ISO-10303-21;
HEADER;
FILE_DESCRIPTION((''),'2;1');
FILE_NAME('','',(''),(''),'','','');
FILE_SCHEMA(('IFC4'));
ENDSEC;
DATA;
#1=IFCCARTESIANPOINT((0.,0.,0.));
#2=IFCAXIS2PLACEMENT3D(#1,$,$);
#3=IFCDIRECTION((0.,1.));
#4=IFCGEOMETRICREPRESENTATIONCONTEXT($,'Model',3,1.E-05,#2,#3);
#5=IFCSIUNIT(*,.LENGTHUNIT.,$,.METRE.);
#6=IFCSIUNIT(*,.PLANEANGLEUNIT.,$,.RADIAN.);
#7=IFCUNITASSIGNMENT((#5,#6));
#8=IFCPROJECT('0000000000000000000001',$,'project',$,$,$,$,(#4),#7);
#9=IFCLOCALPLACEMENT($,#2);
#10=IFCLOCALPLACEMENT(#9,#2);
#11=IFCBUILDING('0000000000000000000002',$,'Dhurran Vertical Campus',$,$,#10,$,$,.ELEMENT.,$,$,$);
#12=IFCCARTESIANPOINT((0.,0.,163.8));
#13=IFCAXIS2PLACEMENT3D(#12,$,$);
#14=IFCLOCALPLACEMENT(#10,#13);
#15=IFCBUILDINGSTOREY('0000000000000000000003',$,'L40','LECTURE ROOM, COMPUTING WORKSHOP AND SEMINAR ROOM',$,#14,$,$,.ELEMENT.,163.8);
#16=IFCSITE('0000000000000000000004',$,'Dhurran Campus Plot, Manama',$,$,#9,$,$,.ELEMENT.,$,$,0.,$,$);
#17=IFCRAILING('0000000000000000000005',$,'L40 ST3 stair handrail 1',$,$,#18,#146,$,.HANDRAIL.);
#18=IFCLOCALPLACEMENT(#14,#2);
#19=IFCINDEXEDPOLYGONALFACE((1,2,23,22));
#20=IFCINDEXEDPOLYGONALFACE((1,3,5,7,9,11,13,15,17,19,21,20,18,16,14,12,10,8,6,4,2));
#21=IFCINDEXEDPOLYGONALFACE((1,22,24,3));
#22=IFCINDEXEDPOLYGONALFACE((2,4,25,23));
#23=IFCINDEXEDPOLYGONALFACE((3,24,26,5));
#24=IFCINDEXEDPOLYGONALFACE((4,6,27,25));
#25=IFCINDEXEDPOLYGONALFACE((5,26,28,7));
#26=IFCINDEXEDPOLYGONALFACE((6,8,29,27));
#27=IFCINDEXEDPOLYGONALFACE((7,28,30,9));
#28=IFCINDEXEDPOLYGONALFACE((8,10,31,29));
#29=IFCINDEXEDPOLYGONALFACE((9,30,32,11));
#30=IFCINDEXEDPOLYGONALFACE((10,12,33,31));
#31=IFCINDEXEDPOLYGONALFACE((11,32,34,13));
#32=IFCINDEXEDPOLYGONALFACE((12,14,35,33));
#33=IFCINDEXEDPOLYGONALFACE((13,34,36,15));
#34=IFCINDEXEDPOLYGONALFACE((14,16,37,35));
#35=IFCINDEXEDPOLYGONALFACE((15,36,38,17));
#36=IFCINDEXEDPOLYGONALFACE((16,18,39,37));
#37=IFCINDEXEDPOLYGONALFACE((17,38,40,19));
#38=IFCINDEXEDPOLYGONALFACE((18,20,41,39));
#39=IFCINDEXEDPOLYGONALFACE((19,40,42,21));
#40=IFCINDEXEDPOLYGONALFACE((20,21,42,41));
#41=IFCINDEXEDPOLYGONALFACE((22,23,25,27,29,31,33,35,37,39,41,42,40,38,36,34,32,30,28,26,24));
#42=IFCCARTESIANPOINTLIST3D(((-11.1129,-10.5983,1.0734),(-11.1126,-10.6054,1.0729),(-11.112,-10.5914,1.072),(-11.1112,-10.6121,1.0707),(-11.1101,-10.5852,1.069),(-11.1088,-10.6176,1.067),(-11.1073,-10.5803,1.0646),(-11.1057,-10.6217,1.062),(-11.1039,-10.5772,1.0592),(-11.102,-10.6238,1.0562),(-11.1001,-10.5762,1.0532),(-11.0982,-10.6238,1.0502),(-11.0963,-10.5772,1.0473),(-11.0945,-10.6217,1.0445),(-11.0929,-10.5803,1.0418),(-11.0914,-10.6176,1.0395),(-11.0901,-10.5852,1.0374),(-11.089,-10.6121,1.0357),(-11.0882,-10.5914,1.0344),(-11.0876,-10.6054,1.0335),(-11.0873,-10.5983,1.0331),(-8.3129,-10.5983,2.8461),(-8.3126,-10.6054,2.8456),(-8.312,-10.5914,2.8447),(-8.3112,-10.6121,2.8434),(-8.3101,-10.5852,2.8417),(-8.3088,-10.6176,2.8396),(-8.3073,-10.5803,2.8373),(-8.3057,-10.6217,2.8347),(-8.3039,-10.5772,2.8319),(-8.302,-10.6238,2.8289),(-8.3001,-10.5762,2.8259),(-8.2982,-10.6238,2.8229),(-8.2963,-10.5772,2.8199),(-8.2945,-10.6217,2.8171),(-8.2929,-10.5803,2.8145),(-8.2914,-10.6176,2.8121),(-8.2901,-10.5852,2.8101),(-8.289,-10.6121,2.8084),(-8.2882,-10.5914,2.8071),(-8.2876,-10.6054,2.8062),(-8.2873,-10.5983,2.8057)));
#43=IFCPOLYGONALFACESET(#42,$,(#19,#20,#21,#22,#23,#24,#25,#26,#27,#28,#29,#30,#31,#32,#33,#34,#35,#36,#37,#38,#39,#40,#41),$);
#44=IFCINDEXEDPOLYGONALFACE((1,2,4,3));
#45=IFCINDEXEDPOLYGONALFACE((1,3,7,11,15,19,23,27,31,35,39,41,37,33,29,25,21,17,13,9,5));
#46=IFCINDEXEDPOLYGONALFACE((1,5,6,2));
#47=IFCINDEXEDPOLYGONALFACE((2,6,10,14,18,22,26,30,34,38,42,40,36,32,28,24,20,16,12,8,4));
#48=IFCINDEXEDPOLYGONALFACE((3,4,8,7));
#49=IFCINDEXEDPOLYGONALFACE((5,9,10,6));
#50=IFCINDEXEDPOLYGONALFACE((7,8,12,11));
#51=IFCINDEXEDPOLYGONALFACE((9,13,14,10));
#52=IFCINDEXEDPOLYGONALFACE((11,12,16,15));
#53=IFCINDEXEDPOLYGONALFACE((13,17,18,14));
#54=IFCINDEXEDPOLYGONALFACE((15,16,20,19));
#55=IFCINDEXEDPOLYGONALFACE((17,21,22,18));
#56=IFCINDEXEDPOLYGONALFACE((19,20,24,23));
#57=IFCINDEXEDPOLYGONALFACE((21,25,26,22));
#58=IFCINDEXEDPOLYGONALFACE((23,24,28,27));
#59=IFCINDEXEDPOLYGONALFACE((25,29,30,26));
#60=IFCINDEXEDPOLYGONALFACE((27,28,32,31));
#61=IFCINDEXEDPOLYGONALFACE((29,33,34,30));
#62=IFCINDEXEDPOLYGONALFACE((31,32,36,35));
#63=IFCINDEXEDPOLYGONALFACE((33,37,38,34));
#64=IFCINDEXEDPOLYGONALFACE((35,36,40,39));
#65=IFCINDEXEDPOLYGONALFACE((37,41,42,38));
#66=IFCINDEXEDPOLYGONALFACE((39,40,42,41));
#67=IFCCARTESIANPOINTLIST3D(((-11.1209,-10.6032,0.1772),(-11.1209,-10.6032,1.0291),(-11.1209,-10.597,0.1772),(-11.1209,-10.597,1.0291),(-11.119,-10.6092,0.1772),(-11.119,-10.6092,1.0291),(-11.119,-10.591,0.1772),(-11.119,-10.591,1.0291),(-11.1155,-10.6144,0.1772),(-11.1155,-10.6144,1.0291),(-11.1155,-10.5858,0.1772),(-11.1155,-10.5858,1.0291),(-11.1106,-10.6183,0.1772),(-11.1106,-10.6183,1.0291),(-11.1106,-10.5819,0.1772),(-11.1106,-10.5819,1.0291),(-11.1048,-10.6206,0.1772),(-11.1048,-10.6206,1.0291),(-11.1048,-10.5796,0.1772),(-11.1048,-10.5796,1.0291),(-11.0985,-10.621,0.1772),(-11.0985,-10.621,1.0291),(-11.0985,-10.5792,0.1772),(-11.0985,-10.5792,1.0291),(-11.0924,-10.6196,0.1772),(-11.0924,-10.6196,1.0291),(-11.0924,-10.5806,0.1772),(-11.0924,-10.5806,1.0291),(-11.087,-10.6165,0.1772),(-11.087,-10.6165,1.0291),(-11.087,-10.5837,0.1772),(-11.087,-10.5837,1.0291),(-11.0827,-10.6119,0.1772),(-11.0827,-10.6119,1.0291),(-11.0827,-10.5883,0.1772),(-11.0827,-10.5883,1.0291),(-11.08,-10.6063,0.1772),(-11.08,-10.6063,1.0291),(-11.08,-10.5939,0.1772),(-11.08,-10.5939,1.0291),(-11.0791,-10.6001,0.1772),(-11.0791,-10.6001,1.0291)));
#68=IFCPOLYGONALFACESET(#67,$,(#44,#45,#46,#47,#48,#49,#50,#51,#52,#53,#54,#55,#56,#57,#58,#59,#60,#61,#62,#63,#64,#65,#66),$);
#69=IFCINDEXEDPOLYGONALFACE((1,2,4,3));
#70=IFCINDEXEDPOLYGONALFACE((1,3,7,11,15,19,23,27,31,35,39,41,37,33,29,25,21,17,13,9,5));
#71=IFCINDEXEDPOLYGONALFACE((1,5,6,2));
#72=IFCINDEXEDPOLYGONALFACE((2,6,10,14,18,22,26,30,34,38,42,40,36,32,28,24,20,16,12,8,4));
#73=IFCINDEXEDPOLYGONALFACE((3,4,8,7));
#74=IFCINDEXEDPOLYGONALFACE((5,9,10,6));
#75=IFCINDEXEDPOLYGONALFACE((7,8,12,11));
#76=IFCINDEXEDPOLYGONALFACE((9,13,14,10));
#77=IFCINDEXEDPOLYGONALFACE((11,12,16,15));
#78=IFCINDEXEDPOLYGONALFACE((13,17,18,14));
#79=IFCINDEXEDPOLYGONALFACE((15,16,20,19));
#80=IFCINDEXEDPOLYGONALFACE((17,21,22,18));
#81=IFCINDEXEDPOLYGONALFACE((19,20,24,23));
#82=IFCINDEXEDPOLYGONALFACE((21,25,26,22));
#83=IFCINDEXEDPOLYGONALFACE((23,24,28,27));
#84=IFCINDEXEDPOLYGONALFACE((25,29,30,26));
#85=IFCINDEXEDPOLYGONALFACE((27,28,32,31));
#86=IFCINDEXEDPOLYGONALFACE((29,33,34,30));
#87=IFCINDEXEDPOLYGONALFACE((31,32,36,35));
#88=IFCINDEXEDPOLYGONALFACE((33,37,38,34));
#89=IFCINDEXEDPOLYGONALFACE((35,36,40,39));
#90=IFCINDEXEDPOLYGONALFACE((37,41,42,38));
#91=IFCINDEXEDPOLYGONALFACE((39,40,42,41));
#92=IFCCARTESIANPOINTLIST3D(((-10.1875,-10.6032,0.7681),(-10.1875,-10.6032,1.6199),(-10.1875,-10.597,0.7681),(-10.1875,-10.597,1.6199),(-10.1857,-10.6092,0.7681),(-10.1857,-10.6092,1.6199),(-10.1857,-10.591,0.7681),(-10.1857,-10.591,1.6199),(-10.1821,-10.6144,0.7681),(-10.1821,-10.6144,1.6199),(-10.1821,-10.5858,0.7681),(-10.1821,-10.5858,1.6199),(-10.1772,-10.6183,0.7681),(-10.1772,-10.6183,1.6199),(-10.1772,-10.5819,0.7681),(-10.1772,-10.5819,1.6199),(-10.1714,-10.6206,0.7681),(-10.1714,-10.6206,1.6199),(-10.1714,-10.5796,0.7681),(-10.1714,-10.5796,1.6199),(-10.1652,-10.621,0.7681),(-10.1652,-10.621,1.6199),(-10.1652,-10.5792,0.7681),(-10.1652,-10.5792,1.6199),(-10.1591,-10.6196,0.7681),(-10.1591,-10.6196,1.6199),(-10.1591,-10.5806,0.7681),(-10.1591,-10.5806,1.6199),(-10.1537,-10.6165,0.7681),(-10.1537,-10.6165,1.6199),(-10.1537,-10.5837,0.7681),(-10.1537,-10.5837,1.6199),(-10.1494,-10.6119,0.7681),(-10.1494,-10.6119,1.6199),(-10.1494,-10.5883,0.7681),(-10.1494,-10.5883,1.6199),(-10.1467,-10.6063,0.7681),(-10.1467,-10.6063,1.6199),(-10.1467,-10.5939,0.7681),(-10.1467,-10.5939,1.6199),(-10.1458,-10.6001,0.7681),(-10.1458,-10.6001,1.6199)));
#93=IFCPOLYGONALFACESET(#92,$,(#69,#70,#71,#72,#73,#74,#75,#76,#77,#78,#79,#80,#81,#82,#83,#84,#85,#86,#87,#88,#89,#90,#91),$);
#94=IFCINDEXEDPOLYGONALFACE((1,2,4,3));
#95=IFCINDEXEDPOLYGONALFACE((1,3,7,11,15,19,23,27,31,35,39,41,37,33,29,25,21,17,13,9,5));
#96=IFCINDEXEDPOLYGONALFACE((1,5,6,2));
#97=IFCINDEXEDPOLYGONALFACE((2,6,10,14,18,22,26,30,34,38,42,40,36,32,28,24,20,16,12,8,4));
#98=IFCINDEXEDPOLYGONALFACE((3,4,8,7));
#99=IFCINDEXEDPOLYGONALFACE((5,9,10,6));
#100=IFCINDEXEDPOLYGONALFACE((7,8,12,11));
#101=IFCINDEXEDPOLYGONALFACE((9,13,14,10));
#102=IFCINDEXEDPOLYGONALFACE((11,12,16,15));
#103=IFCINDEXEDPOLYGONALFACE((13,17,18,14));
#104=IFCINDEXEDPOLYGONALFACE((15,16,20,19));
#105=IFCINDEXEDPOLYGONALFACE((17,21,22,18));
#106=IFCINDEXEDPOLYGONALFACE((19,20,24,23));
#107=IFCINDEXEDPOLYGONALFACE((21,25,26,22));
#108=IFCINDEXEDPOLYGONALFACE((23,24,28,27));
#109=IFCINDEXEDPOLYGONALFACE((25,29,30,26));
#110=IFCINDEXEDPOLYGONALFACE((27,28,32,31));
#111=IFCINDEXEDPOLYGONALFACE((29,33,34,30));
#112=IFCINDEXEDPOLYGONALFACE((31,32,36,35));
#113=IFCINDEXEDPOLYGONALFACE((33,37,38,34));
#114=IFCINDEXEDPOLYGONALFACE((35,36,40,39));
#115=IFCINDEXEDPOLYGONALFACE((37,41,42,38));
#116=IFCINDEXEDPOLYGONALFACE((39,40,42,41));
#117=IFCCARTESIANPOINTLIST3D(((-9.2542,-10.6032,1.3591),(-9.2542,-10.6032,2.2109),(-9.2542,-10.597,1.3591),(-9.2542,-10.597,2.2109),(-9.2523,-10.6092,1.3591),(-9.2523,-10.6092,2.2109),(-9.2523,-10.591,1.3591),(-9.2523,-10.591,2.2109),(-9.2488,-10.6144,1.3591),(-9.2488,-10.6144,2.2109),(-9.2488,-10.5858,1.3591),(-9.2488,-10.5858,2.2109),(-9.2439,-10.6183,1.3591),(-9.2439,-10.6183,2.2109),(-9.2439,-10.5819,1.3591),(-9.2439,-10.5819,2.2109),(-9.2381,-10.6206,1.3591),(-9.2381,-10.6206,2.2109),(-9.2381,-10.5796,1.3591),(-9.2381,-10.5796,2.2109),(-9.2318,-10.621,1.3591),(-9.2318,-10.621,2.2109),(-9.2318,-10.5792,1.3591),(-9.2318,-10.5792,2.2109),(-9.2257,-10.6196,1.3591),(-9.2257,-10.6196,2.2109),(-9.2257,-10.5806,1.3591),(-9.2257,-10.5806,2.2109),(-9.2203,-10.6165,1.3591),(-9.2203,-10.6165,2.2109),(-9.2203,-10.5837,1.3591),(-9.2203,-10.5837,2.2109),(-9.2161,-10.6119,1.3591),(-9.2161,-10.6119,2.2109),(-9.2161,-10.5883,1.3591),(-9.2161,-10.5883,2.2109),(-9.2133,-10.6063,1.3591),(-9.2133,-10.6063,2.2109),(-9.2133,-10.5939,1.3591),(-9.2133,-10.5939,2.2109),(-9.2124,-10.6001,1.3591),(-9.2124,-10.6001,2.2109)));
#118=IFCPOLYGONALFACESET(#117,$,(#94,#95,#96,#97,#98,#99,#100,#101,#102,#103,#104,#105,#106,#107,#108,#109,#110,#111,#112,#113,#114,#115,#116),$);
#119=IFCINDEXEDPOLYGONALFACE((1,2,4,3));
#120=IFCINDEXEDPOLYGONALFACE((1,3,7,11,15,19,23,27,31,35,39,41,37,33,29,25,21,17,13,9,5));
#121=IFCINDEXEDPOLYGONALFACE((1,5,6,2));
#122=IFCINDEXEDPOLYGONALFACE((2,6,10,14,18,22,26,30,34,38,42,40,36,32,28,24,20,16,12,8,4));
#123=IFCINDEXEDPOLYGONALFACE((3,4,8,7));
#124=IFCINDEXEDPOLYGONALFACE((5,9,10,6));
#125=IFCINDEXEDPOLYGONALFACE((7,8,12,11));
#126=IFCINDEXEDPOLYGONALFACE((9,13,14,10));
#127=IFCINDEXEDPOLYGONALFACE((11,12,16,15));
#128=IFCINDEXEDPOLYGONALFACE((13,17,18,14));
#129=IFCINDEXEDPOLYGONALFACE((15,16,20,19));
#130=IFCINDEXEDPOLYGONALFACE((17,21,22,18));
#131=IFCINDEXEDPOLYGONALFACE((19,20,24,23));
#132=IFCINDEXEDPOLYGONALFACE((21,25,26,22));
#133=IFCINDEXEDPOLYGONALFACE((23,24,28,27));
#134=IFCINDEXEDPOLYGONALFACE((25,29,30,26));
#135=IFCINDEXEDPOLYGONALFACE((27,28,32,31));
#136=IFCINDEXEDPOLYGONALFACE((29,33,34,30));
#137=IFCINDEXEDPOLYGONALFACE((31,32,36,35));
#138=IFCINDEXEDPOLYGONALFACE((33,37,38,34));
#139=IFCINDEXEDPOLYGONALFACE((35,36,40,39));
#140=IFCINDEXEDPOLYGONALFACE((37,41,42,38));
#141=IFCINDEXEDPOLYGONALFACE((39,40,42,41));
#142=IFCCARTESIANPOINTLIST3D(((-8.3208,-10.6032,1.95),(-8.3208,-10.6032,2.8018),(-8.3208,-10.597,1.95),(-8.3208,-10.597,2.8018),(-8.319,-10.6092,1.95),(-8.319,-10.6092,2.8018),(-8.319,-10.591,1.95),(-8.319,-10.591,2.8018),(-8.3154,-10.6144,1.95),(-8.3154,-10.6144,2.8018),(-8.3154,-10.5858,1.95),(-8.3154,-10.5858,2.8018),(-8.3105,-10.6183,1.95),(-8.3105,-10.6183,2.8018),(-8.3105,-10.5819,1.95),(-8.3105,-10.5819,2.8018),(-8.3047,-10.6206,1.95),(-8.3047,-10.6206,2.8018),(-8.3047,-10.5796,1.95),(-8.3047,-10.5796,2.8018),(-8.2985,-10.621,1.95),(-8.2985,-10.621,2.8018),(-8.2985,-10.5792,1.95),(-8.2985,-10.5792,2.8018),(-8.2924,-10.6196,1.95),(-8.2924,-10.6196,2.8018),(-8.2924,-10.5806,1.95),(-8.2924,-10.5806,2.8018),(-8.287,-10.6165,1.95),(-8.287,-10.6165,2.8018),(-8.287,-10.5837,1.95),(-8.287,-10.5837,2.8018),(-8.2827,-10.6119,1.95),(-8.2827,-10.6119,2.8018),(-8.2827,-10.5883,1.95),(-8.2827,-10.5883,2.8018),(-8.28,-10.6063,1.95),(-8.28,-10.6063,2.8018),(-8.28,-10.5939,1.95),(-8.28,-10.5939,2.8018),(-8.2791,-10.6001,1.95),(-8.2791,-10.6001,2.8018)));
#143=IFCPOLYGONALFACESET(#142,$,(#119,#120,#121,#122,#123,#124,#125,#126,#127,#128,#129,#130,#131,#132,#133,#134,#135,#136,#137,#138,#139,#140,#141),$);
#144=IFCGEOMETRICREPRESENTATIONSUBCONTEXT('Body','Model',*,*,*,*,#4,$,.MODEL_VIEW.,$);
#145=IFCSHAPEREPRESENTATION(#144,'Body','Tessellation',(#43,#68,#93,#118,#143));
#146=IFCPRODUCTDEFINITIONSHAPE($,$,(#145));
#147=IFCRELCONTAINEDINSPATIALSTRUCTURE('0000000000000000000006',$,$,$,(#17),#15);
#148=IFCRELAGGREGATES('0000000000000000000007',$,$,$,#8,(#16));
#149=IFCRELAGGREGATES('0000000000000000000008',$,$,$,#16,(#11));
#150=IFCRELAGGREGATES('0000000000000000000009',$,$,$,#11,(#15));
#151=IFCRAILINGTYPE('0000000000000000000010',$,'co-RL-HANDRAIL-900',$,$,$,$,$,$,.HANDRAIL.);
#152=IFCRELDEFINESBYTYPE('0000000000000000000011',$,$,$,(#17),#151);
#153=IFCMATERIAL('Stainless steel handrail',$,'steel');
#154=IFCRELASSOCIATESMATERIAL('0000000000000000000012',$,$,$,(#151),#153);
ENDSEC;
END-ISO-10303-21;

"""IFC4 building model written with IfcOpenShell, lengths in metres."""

from ifc_helpers import new_model, si_unit, direction, frame, origin, origin_2d, place, context, subcontext, project, spatial, circle, extrude, material, type_object, element, save


model = new_model("IFC4")

# Units and contexts
model_context = context("Model", 3, precision=1e-05, world=origin(), true_north=direction((0.0, 1.0)))
body_context = subcontext(model_context, "Body", "Model", "MODEL_VIEW")
ifc_project = project(units=[si_unit("LENGTHUNIT", "METRE"), si_unit("PLANEANGLEUNIT", "RADIAN")], contexts=[model_context])

# Site, building, storey
site_placement = place(None, origin())
site = spatial("IfcSite", under=ifc_project, at=site_placement, Name="Dhurran Campus Plot, Manama", CompositionType="ELEMENT", RefElevation=0.0)
building_placement = place(site_placement, origin())
building = spatial("IfcBuilding", under=site, at=building_placement, Name="Dhurran Vertical Campus", CompositionType="ELEMENT")
storey_placement = place(building_placement, frame((0.0, 0.0, 163.8)))
storey = spatial("IfcBuildingStorey", under=building, at=storey_placement, Name="L40", Description="LECTURE ROOM, COMPUTING WORKSHOP AND SEMINAR ROOM", CompositionType="ELEMENT", Elevation=163.8)

# Railing
ifc_material_1 = material(Name="Stainless steel handrail", Category="steel")
railing_type_1 = type_object("IfcRailingType", Name="co-RL-HANDRAIL-900", PredefinedType="HANDRAIL", material=ifc_material_1)
railing_1_placement = place(storey_placement, frame((-11.1001, -10.6001, 0.1772)))
element("IfcRailing", 1, at=railing_1_placement, inside=storey, type_object=railing_type_1, Name="L40 ST3 stair handrail 1", PredefinedType="HANDRAIL", context=body_context, shape_type="SweptSolid", body=[
    extrude(circle(Radius=0.0239, at=origin_2d()), frame((0.0, 0.0, 0.876), z_axis=(0.844909, 0.0, 0.53491), x_axis=(0.0, 1.0, 0.0)), (0.0, 0.0, 1.0), 3.314),
    extrude(circle(Radius=0.021, at=origin_2d()), origin(), (0.0, 0.0, 1.0), 0.8518),
    extrude(circle(Radius=0.021, at=origin_2d()), frame((0.9333, 0.0, 0.5908)), (0.0, 0.0, 1.0), 0.8518),
    extrude(circle(Radius=0.021, at=origin_2d()), frame((1.8667, 0.0, 1.1819)), (0.0, 0.0, 1.0), 0.8518),
    extrude(circle(Radius=0.021, at=origin_2d()), frame((2.8, 0.0, 1.7727)), (0.0, 0.0, 1.0), 0.8518),
])

save(model, "model.ifc")
